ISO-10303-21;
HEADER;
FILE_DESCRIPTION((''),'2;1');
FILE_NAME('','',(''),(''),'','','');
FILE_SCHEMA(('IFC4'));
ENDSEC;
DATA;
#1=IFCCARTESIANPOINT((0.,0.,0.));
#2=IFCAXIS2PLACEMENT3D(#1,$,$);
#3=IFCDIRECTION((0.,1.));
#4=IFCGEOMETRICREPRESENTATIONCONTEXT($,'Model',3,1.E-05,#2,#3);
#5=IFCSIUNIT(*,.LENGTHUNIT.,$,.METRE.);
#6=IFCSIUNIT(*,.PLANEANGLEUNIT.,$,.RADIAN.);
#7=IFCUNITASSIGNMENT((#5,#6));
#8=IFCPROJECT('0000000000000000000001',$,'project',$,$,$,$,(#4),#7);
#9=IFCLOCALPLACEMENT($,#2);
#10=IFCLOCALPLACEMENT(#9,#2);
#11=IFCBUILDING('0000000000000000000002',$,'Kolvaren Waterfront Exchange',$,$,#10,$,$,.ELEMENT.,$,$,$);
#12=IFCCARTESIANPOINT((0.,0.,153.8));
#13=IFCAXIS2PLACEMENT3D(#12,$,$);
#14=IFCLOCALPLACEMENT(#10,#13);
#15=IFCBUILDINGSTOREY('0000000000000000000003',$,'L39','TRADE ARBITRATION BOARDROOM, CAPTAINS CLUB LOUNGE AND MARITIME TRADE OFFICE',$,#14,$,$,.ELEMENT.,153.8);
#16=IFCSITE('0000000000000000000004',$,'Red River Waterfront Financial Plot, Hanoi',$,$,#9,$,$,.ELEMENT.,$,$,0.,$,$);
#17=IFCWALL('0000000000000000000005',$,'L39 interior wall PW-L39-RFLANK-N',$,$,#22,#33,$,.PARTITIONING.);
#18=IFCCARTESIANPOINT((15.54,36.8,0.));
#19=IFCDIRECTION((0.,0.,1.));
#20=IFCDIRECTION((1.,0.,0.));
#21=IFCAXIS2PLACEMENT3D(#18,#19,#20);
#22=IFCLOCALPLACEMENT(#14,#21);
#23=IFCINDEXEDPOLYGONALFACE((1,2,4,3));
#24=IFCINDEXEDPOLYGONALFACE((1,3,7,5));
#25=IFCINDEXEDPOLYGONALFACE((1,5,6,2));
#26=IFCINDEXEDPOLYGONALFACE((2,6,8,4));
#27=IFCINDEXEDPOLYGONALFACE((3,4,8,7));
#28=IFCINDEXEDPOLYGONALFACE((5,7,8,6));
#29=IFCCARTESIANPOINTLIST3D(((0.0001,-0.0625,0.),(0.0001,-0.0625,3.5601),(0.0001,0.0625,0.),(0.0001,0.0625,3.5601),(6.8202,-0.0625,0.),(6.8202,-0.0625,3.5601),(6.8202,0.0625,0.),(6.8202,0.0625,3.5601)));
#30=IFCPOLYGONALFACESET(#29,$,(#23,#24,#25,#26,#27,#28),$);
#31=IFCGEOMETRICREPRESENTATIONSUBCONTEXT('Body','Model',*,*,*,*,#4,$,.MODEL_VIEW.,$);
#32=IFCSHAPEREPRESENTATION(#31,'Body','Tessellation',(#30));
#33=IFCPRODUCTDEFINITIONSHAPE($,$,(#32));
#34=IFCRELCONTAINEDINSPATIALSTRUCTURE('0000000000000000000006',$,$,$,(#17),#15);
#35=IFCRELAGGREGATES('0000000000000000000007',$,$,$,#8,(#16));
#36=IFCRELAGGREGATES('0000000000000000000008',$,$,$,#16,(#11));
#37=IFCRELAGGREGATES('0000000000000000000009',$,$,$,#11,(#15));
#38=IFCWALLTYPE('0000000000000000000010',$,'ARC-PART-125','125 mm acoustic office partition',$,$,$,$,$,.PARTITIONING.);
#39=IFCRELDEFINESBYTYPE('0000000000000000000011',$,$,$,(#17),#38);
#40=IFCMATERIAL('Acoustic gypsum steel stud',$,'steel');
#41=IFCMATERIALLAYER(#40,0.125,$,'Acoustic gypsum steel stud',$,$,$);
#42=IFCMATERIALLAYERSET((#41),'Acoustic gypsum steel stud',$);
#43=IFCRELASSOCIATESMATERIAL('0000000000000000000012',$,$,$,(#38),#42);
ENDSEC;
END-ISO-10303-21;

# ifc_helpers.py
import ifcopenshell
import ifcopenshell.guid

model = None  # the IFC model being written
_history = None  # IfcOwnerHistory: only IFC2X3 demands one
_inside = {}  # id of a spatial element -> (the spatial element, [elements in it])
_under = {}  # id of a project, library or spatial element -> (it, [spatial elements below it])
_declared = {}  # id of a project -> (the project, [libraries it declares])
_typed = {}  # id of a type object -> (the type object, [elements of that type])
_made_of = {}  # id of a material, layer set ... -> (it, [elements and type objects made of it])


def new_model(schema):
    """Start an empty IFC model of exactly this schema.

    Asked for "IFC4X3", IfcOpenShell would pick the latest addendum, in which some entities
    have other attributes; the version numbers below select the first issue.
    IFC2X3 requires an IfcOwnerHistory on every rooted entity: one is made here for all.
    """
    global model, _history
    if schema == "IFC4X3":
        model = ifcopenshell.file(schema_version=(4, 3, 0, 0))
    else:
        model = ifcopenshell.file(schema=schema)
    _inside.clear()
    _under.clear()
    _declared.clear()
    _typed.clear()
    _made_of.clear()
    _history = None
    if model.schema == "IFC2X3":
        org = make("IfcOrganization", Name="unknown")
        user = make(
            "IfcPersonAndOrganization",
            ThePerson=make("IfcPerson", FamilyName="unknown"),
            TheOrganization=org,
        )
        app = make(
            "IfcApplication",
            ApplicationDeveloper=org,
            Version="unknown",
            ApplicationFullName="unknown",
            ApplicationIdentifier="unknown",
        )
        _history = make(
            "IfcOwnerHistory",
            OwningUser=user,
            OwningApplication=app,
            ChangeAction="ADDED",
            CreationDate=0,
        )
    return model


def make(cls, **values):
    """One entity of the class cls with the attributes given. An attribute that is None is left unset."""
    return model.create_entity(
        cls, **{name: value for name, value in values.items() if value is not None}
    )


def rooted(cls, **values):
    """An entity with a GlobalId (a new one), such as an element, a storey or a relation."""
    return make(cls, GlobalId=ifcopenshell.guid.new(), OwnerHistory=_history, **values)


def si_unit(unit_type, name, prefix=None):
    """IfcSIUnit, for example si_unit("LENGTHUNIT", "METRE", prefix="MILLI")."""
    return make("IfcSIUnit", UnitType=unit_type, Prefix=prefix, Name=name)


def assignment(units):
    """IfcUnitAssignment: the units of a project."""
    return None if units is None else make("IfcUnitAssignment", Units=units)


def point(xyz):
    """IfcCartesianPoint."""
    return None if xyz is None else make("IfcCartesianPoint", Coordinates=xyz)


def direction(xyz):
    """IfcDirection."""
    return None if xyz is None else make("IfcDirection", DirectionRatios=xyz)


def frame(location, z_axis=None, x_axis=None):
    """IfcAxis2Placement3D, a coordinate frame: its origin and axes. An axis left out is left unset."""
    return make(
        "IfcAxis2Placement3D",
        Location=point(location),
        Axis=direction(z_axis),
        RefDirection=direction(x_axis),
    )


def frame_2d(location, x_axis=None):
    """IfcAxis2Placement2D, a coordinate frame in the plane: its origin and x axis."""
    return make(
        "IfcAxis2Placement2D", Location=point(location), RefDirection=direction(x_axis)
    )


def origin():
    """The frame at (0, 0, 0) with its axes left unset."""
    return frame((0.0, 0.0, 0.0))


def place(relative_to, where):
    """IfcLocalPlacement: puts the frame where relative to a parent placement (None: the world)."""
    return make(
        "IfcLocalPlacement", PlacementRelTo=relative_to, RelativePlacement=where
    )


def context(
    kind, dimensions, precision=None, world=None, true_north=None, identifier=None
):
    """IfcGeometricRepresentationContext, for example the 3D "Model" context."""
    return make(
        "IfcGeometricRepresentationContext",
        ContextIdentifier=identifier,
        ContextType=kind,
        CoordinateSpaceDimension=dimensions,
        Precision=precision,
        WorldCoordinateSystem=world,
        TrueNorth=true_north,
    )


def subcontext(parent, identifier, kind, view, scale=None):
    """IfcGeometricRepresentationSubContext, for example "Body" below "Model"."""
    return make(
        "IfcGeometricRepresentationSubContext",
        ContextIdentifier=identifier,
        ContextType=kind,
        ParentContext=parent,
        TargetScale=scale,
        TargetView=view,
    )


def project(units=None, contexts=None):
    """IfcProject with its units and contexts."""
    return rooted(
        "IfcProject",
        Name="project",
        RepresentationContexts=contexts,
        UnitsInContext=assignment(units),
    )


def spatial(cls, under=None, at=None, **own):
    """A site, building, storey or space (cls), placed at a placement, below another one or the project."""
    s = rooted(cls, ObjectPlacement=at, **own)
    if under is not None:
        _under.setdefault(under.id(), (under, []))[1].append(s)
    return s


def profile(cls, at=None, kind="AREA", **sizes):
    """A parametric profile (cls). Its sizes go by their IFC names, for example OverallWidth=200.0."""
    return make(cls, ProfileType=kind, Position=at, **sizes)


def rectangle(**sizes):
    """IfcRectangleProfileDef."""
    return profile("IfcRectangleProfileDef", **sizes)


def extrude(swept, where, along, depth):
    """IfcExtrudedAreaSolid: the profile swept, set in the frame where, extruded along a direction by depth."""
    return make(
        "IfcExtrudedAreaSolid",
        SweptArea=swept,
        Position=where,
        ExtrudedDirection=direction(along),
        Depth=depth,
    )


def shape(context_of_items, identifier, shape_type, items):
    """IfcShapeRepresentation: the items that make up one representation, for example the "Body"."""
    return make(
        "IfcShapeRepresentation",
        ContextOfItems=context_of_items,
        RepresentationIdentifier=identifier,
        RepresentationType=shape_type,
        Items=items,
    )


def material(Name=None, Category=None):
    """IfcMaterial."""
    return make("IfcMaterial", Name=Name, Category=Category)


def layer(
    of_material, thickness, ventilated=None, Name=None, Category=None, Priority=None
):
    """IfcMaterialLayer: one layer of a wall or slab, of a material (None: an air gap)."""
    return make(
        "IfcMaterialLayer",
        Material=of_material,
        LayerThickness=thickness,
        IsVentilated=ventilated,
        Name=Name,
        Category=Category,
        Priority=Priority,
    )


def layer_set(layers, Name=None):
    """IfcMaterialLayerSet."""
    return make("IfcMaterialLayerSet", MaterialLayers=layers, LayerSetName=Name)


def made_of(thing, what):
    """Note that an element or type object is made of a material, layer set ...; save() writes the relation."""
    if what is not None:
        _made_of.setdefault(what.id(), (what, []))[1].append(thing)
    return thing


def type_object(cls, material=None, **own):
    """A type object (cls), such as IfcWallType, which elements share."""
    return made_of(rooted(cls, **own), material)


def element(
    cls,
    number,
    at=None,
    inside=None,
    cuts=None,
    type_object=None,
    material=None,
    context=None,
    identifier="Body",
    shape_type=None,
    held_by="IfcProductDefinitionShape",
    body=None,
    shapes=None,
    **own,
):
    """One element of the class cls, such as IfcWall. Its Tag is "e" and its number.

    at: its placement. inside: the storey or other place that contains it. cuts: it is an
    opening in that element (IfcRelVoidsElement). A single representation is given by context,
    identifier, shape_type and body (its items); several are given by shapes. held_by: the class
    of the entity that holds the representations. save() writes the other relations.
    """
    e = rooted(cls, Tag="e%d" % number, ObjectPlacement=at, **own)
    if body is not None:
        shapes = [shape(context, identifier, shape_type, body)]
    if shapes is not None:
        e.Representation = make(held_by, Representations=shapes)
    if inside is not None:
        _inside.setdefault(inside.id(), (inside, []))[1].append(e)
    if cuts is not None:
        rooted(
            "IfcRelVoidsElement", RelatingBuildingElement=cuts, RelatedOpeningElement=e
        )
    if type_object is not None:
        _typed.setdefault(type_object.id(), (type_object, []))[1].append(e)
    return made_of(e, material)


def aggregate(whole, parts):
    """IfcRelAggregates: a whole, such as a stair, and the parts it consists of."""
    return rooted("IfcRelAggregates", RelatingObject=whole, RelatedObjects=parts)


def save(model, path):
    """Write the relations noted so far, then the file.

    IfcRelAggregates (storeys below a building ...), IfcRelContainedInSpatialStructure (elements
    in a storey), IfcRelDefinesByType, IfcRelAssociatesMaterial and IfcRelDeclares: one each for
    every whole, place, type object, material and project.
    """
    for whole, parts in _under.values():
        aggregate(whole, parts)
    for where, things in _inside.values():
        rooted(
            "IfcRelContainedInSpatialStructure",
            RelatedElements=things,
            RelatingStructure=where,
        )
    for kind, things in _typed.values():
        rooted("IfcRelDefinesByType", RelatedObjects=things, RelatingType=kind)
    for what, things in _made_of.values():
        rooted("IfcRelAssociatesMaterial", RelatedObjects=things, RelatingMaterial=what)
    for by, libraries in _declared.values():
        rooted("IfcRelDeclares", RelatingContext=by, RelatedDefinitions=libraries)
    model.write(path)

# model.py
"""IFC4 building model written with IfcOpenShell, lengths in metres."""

from ifc_helpers import new_model, si_unit, direction, frame, frame_2d, origin, place, context, subcontext, project, spatial, rectangle, extrude, material, layer, layer_set, type_object, element, save


model = new_model("IFC4")

# Units and contexts
model_context = context("Model", 3, precision=1e-05, world=origin(), true_north=direction((0.0, 1.0)))
body_context = subcontext(model_context, "Body", "Model", "MODEL_VIEW")
ifc_project = project(units=[si_unit("LENGTHUNIT", "METRE"), si_unit("PLANEANGLEUNIT", "RADIAN")], contexts=[model_context])

# Site, building, storey
site_placement = place(None, origin())
site = spatial("IfcSite", under=ifc_project, at=site_placement, Name="Red River Waterfront Financial Plot, Hanoi", CompositionType="ELEMENT", RefElevation=0.0)
building_placement = place(site_placement, origin())
building = spatial("IfcBuilding", under=site, at=building_placement, Name="Kolvaren Waterfront Exchange", CompositionType="ELEMENT")
storey_placement = place(building_placement, frame((0.0, 0.0, 153.8)))
storey = spatial("IfcBuildingStorey", under=building, at=storey_placement, Name="L39", Description="TRADE ARBITRATION BOARDROOM, CAPTAINS CLUB LOUNGE AND MARITIME TRADE OFFICE", CompositionType="ELEMENT", Elevation=153.8)

# Wall
ifc_material_1 = material(Name="Acoustic gypsum steel stud", Category="steel")
ifc_layer_1 = layer(ifc_material_1, 0.125, Name="Acoustic gypsum steel stud")
ifc_layer_set_1 = layer_set([ifc_layer_1], Name="Acoustic gypsum steel stud")
wall_type_1 = type_object("IfcWallType", Name="ARC-PART-125", Description="125 mm acoustic office partition", PredefinedType="PARTITIONING", material=ifc_layer_set_1)
wall_1_placement = place(storey_placement, frame((15.54, 36.8, 0.0), z_axis=(0.0, 0.0, 1.0), x_axis=(1.0, 0.0, 0.0)))
element("IfcWall", 1, at=wall_1_placement, inside=storey, type_object=wall_type_1, Name="L39 interior wall PW-L39-RFLANK-N", PredefinedType="PARTITIONING", context=body_context, shape_type="SweptSolid", body=[
    extrude(rectangle(XDim=6.8201, YDim=0.125, at=frame_2d((3.4102, 0.0))), origin(), (0.0, 0.0, 1.0), 3.5601),
])

save(model, "model.ifc")
